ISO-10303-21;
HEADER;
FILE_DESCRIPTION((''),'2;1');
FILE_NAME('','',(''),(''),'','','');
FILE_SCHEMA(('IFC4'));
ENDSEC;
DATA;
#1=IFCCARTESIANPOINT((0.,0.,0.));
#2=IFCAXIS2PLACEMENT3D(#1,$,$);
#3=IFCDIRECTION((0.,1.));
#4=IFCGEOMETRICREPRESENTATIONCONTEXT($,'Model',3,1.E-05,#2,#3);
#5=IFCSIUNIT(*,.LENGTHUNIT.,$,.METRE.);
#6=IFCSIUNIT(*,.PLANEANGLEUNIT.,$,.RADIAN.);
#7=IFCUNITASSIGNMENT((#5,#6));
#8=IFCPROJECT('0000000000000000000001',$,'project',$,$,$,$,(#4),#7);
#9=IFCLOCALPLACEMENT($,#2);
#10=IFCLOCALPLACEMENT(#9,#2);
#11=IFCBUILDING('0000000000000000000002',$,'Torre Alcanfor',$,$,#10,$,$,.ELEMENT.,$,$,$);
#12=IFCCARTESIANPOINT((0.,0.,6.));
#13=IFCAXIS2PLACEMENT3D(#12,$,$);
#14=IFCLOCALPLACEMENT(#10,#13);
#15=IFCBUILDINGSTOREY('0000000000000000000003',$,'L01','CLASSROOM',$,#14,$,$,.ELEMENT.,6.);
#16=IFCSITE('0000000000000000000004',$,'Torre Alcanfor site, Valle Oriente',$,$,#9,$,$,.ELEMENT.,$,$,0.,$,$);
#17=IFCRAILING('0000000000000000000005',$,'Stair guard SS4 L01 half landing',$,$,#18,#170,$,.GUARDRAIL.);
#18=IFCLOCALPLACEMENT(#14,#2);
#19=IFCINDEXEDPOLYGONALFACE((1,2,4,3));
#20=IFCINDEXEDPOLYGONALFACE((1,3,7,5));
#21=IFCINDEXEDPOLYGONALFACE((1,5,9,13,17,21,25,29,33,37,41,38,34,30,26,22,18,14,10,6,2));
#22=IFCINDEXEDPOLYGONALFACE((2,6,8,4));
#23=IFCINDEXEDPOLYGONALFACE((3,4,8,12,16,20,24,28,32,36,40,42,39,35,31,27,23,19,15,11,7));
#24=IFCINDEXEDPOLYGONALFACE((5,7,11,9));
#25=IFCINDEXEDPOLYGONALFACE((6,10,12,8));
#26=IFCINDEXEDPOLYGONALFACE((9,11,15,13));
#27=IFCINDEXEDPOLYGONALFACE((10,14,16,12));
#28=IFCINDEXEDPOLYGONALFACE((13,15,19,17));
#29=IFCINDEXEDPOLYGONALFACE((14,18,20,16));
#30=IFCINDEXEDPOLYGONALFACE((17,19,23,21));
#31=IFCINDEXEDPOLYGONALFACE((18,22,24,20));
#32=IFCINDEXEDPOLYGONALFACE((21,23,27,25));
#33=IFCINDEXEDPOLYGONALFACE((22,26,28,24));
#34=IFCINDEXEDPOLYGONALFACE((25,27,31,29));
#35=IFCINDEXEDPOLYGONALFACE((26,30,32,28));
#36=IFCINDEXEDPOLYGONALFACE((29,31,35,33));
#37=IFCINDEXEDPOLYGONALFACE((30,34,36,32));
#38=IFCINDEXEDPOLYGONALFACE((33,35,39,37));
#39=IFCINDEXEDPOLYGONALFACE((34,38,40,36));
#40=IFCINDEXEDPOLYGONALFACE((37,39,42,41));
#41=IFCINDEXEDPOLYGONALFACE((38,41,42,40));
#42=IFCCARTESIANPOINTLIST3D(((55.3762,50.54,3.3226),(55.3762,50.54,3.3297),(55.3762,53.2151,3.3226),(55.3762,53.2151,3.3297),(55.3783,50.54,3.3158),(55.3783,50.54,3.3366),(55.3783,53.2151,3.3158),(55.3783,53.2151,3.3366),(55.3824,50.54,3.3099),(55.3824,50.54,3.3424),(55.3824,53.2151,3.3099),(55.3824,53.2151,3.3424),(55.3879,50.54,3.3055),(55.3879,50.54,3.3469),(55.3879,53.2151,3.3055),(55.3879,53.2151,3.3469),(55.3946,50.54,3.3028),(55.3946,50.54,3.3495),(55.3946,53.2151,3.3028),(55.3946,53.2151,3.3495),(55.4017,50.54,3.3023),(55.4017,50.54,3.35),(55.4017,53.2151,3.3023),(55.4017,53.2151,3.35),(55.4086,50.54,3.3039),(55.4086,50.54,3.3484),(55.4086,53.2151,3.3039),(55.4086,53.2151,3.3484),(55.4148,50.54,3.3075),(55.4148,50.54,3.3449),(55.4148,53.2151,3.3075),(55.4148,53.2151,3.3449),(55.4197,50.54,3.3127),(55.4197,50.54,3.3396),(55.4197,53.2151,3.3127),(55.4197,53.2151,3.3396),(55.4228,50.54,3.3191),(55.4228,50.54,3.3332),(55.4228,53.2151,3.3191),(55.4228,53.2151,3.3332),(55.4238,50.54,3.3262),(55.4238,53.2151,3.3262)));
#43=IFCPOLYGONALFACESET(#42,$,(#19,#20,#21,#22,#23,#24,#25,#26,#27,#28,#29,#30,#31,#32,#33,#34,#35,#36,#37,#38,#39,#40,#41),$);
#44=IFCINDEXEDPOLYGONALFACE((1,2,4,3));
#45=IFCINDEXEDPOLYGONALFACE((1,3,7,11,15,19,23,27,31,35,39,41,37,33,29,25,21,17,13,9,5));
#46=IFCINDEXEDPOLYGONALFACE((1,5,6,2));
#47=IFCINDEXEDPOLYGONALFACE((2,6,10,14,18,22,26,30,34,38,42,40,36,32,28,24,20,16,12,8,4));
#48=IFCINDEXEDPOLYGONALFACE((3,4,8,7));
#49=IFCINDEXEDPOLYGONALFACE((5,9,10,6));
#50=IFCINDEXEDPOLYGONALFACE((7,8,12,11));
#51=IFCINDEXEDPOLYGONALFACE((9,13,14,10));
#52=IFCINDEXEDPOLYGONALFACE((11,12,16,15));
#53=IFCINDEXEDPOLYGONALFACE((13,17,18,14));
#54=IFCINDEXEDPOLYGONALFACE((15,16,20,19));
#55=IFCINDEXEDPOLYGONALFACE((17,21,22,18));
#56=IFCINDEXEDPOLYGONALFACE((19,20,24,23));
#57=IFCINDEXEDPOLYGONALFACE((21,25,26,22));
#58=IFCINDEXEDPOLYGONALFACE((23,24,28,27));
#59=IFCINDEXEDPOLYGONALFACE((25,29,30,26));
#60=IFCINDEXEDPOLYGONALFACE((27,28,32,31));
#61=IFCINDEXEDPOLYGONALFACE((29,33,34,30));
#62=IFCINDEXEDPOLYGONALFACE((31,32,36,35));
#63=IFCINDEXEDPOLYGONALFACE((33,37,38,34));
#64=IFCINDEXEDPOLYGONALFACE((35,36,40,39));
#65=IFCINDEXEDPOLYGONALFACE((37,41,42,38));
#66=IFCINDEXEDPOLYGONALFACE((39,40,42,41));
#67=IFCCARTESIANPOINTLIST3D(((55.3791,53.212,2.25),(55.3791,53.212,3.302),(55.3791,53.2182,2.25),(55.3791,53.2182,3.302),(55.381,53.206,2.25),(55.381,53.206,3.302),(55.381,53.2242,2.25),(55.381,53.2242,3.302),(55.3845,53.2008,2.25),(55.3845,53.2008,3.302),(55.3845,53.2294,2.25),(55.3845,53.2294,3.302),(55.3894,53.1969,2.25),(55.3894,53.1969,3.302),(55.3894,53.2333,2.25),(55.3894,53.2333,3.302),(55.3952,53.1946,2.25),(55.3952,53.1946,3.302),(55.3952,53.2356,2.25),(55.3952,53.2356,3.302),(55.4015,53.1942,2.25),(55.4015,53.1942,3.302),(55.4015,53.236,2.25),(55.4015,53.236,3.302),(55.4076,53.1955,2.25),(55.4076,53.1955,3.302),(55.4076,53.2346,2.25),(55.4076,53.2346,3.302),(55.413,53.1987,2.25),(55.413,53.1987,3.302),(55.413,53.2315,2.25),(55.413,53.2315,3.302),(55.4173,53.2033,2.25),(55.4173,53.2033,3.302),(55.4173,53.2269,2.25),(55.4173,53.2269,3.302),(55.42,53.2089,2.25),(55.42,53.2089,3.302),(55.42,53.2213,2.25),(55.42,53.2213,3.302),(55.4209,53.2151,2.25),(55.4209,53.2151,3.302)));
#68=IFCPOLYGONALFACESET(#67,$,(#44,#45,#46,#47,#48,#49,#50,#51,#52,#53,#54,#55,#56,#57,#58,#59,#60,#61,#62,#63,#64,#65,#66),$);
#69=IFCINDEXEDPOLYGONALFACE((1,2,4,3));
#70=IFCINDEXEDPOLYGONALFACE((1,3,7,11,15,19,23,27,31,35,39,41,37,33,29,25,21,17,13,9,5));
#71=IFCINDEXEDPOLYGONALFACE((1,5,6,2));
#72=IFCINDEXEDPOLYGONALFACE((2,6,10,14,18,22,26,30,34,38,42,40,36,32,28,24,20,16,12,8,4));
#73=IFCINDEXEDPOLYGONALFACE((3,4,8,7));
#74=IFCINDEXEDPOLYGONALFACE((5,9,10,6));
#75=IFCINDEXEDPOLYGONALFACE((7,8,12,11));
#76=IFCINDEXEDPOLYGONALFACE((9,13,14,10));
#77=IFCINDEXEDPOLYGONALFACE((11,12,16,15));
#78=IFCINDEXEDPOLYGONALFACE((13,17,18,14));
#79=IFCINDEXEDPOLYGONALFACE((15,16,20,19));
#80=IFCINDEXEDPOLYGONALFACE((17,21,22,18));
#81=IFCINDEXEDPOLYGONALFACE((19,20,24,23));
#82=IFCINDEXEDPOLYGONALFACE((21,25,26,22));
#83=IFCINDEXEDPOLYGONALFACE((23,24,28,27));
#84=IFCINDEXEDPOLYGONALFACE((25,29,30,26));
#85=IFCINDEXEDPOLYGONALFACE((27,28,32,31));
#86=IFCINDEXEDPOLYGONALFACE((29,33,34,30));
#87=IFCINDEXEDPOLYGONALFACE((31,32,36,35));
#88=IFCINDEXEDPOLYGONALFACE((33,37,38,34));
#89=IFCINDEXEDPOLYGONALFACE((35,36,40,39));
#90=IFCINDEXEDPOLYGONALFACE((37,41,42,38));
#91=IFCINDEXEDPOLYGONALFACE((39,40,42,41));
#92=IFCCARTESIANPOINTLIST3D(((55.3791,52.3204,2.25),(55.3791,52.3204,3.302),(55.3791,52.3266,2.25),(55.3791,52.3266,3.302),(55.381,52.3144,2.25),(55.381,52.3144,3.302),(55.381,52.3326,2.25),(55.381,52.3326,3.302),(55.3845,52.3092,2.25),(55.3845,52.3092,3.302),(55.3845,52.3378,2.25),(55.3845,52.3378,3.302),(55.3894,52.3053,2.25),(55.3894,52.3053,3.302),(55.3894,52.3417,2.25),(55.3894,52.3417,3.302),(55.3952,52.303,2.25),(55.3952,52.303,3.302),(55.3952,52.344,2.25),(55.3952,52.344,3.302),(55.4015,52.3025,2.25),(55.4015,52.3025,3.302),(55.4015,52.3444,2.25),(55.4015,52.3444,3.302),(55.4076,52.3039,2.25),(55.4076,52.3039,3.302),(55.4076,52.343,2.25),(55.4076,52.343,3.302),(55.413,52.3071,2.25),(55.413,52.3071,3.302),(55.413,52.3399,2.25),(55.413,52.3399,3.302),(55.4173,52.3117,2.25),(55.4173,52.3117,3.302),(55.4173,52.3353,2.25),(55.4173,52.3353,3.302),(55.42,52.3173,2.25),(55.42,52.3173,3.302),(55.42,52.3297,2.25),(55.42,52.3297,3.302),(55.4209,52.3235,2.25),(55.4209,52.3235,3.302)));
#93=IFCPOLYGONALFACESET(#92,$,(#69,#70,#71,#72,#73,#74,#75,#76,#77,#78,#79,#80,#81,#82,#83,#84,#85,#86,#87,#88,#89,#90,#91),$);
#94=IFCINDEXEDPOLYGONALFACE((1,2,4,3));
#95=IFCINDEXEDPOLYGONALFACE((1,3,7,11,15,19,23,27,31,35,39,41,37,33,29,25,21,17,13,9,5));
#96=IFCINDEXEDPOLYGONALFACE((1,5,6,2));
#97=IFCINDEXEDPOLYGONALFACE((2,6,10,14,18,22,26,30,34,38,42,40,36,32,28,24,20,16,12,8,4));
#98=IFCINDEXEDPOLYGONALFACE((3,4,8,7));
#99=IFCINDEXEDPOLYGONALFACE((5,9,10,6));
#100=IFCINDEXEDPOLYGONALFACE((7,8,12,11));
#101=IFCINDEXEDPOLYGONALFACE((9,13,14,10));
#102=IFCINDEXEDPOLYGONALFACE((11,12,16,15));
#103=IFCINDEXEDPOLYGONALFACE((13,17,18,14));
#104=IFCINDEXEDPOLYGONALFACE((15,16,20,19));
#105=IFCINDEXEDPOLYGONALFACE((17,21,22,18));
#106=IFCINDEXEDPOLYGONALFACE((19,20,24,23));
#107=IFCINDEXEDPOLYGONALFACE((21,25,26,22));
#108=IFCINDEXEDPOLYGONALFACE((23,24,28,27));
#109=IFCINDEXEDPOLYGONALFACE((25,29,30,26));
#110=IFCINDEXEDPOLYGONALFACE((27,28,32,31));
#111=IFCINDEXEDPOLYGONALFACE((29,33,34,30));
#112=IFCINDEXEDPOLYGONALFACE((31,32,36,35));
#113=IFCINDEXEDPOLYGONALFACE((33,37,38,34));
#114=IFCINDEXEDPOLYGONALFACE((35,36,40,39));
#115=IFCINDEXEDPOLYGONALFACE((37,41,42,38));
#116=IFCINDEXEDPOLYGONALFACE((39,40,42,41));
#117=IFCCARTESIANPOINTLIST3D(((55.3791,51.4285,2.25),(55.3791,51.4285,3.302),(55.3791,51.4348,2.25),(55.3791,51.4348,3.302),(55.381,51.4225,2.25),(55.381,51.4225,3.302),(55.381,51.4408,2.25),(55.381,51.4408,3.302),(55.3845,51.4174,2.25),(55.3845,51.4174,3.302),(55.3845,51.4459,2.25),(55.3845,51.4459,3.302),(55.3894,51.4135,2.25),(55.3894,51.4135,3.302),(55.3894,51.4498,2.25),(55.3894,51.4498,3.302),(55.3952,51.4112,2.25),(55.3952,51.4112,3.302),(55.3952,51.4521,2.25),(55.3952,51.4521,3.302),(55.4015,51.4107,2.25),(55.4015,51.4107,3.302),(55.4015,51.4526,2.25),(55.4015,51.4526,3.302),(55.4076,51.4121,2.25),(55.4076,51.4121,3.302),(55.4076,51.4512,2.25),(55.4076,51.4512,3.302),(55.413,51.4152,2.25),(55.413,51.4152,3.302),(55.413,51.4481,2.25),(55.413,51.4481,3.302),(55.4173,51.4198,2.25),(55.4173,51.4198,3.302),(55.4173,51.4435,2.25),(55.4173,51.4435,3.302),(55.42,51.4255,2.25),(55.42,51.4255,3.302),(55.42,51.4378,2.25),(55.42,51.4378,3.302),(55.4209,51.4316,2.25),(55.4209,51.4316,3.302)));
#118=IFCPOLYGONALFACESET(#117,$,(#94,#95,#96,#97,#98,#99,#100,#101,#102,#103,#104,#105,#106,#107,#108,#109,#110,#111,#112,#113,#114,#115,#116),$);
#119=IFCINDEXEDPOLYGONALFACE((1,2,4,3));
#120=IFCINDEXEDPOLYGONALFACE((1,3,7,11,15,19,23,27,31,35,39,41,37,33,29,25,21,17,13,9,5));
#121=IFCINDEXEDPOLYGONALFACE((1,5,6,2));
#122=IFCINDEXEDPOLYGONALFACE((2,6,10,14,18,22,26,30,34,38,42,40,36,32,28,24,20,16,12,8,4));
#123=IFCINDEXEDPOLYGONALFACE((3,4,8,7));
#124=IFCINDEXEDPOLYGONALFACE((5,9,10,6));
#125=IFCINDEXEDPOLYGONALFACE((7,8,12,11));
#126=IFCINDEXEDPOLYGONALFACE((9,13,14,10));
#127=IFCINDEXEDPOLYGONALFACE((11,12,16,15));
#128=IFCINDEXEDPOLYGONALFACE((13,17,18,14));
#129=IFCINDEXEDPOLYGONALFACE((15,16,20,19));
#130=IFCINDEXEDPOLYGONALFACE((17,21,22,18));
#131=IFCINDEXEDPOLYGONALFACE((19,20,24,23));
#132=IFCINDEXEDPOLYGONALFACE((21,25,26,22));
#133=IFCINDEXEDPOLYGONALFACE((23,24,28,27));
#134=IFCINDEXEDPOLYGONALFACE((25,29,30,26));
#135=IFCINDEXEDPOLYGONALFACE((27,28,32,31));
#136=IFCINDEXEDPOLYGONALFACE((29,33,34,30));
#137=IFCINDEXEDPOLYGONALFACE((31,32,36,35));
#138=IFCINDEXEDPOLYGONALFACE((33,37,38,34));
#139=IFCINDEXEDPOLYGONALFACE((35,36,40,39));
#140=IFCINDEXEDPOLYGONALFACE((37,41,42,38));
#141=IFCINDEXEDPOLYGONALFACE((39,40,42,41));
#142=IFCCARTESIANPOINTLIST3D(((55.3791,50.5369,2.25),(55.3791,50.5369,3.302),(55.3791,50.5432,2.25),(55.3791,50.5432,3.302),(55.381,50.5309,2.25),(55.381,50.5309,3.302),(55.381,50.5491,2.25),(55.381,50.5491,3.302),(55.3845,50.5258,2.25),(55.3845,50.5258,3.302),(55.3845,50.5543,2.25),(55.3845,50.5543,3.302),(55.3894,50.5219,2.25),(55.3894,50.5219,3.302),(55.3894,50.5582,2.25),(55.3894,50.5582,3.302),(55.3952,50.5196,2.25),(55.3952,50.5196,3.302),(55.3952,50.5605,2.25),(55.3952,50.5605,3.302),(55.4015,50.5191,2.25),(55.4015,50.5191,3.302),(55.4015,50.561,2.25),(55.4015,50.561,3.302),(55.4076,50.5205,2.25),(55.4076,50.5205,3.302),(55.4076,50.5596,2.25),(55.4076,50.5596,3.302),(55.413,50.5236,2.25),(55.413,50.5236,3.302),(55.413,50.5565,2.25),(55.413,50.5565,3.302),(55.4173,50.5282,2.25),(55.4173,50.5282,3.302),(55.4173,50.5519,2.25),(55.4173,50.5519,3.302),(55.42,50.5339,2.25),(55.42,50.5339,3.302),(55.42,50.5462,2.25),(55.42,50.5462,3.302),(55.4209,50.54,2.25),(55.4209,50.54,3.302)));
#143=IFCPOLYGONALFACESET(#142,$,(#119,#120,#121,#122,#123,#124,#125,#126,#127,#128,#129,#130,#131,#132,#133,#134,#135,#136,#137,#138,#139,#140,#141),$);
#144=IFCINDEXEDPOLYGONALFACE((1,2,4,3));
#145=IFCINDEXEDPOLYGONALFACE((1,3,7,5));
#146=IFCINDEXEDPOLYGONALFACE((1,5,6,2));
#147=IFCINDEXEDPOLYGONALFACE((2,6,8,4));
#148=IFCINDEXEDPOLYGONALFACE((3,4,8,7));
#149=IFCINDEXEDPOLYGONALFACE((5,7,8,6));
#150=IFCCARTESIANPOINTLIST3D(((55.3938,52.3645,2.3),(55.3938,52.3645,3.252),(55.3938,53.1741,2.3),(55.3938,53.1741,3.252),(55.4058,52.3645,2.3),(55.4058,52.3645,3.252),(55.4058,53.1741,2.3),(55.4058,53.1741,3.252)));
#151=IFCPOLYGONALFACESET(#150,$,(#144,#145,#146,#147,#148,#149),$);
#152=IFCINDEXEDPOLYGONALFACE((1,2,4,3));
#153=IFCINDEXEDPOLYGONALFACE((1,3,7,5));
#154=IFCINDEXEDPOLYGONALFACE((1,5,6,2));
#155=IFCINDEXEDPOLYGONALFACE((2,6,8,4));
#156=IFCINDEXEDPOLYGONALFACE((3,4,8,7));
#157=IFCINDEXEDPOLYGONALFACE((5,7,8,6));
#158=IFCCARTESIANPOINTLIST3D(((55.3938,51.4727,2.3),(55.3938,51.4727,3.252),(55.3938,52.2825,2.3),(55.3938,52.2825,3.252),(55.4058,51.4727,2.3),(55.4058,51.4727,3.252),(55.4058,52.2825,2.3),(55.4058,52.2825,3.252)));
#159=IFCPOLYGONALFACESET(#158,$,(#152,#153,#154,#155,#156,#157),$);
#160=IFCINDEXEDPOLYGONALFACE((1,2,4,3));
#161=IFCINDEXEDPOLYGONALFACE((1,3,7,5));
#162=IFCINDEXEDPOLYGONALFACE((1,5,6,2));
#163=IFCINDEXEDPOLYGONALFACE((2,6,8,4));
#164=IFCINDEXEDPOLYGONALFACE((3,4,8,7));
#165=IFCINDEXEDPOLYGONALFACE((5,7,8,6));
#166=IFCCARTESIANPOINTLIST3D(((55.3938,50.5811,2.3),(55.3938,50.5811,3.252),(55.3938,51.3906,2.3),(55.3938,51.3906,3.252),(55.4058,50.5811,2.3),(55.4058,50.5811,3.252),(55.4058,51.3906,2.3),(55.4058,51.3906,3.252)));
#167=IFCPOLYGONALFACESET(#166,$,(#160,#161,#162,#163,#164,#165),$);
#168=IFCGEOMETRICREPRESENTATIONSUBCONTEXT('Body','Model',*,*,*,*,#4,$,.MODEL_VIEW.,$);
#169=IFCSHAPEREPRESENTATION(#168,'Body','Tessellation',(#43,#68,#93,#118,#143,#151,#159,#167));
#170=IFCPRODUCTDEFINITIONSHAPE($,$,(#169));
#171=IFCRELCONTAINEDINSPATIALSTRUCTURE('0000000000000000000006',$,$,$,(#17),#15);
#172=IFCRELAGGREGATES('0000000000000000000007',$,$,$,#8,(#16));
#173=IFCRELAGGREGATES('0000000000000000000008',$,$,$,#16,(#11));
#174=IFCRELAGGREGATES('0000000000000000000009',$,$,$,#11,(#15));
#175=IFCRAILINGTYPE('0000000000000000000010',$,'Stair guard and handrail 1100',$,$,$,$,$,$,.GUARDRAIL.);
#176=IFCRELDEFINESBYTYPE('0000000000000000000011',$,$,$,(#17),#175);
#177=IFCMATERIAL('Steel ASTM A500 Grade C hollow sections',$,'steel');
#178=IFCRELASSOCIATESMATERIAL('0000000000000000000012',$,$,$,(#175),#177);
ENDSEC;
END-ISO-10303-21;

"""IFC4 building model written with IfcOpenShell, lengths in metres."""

from ifc_helpers import new_model, si_unit, direction, frame, origin, origin_2d, place, context, subcontext, project, spatial, polyline, circle, outline, extrude, material, type_object, element, save


model = new_model("IFC4")

# Units and contexts
model_context = context("Model", 3, precision=1e-05, world=origin(), true_north=direction((0.0, 1.0)))
body_context = subcontext(model_context, "Body", "Model", "MODEL_VIEW")
ifc_project = project(units=[si_unit("LENGTHUNIT", "METRE"), si_unit("PLANEANGLEUNIT", "RADIAN")], contexts=[model_context])

# Site, building, storey
site_placement = place(None, origin())
site = spatial("IfcSite", under=ifc_project, at=site_placement, Name="Torre Alcanfor site, Valle Oriente", CompositionType="ELEMENT", RefElevation=0.0)
building_placement = place(site_placement, origin())
building = spatial("IfcBuilding", under=site, at=building_placement, Name="Torre Alcanfor", CompositionType="ELEMENT")
storey_placement = place(building_placement, frame((0.0, 0.0, 6.0)))
storey = spatial("IfcBuildingStorey", under=building, at=storey_placement, Name="L01", Description="CLASSROOM", CompositionType="ELEMENT", Elevation=6.0)

# Railing
ifc_material_1 = material(Name="Steel ASTM A500 Grade C hollow sections", Category="steel")
railing_type = type_object("IfcRailingType", Name="Stair guard and handrail 1100", PredefinedType="GUARDRAIL", material=ifc_material_1)
railing_1_placement = place(storey_placement, frame((55.3999, 53.2151, 2.25)))
element("IfcRailing", 1, at=railing_1_placement, inside=storey, type_object=railing_type, Name="Stair guard SS4 L01 half landing", PredefinedType="GUARDRAIL", context=body_context, shape_type="SweptSolid", body=[
    extrude(circle(Radius=0.0239, at=origin_2d()), frame((0.0, 0.0, 1.0762), z_axis=(0.0, -1.0, 0.0), x_axis=(1.0, 0.0, 0.0)), (0.0, 0.0, 1.0), 2.675),
    extrude(circle(Radius=0.021, at=origin_2d()), origin(), (0.0, 0.0, 1.0), 1.052),
    extrude(circle(Radius=0.021, at=origin_2d()), frame((0.0, -0.8916, 0.0)), (0.0, 0.0, 1.0), 1.052),
    extrude(circle(Radius=0.021, at=origin_2d()), frame((0.0, -1.7834, 0.0)), (0.0, 0.0, 1.0), 1.052),
    extrude(circle(Radius=0.021, at=origin_2d()), frame((0.0, -2.675, 0.0)), (0.0, 0.0, 1.0), 1.052),
    extrude(outline(polyline([(0.041, 0.05), (0.8506, 0.05), (0.8506, 1.002), (0.041, 1.002), (0.041, 0.05)])), frame((0.0059, 0.0, 0.0), z_axis=(-1.0, 0.0, 0.0), x_axis=(0.0, -1.0, 0.0)), (0.0, 0.0, 1.0), 0.012),
    extrude(outline(polyline([(0.9326, 0.05), (1.7424, 0.05), (1.7424, 1.002), (0.9326, 1.002), (0.9326, 0.05)])), frame((0.0059, 0.0, 0.0), z_axis=(-1.0, 0.0, 0.0), x_axis=(0.0, -1.0, 0.0)), (0.0, 0.0, 1.0), 0.012),
    extrude(outline(polyline([(1.8245, 0.05), (2.634, 0.05), (2.634, 1.002), (1.8245, 1.002), (1.8245, 0.05)])), frame((0.0059, 0.0, 0.0), z_axis=(-1.0, 0.0, 0.0), x_axis=(0.0, -1.0, 0.0)), (0.0, 0.0, 1.0), 0.012),
])

save(model, "model.ifc")
